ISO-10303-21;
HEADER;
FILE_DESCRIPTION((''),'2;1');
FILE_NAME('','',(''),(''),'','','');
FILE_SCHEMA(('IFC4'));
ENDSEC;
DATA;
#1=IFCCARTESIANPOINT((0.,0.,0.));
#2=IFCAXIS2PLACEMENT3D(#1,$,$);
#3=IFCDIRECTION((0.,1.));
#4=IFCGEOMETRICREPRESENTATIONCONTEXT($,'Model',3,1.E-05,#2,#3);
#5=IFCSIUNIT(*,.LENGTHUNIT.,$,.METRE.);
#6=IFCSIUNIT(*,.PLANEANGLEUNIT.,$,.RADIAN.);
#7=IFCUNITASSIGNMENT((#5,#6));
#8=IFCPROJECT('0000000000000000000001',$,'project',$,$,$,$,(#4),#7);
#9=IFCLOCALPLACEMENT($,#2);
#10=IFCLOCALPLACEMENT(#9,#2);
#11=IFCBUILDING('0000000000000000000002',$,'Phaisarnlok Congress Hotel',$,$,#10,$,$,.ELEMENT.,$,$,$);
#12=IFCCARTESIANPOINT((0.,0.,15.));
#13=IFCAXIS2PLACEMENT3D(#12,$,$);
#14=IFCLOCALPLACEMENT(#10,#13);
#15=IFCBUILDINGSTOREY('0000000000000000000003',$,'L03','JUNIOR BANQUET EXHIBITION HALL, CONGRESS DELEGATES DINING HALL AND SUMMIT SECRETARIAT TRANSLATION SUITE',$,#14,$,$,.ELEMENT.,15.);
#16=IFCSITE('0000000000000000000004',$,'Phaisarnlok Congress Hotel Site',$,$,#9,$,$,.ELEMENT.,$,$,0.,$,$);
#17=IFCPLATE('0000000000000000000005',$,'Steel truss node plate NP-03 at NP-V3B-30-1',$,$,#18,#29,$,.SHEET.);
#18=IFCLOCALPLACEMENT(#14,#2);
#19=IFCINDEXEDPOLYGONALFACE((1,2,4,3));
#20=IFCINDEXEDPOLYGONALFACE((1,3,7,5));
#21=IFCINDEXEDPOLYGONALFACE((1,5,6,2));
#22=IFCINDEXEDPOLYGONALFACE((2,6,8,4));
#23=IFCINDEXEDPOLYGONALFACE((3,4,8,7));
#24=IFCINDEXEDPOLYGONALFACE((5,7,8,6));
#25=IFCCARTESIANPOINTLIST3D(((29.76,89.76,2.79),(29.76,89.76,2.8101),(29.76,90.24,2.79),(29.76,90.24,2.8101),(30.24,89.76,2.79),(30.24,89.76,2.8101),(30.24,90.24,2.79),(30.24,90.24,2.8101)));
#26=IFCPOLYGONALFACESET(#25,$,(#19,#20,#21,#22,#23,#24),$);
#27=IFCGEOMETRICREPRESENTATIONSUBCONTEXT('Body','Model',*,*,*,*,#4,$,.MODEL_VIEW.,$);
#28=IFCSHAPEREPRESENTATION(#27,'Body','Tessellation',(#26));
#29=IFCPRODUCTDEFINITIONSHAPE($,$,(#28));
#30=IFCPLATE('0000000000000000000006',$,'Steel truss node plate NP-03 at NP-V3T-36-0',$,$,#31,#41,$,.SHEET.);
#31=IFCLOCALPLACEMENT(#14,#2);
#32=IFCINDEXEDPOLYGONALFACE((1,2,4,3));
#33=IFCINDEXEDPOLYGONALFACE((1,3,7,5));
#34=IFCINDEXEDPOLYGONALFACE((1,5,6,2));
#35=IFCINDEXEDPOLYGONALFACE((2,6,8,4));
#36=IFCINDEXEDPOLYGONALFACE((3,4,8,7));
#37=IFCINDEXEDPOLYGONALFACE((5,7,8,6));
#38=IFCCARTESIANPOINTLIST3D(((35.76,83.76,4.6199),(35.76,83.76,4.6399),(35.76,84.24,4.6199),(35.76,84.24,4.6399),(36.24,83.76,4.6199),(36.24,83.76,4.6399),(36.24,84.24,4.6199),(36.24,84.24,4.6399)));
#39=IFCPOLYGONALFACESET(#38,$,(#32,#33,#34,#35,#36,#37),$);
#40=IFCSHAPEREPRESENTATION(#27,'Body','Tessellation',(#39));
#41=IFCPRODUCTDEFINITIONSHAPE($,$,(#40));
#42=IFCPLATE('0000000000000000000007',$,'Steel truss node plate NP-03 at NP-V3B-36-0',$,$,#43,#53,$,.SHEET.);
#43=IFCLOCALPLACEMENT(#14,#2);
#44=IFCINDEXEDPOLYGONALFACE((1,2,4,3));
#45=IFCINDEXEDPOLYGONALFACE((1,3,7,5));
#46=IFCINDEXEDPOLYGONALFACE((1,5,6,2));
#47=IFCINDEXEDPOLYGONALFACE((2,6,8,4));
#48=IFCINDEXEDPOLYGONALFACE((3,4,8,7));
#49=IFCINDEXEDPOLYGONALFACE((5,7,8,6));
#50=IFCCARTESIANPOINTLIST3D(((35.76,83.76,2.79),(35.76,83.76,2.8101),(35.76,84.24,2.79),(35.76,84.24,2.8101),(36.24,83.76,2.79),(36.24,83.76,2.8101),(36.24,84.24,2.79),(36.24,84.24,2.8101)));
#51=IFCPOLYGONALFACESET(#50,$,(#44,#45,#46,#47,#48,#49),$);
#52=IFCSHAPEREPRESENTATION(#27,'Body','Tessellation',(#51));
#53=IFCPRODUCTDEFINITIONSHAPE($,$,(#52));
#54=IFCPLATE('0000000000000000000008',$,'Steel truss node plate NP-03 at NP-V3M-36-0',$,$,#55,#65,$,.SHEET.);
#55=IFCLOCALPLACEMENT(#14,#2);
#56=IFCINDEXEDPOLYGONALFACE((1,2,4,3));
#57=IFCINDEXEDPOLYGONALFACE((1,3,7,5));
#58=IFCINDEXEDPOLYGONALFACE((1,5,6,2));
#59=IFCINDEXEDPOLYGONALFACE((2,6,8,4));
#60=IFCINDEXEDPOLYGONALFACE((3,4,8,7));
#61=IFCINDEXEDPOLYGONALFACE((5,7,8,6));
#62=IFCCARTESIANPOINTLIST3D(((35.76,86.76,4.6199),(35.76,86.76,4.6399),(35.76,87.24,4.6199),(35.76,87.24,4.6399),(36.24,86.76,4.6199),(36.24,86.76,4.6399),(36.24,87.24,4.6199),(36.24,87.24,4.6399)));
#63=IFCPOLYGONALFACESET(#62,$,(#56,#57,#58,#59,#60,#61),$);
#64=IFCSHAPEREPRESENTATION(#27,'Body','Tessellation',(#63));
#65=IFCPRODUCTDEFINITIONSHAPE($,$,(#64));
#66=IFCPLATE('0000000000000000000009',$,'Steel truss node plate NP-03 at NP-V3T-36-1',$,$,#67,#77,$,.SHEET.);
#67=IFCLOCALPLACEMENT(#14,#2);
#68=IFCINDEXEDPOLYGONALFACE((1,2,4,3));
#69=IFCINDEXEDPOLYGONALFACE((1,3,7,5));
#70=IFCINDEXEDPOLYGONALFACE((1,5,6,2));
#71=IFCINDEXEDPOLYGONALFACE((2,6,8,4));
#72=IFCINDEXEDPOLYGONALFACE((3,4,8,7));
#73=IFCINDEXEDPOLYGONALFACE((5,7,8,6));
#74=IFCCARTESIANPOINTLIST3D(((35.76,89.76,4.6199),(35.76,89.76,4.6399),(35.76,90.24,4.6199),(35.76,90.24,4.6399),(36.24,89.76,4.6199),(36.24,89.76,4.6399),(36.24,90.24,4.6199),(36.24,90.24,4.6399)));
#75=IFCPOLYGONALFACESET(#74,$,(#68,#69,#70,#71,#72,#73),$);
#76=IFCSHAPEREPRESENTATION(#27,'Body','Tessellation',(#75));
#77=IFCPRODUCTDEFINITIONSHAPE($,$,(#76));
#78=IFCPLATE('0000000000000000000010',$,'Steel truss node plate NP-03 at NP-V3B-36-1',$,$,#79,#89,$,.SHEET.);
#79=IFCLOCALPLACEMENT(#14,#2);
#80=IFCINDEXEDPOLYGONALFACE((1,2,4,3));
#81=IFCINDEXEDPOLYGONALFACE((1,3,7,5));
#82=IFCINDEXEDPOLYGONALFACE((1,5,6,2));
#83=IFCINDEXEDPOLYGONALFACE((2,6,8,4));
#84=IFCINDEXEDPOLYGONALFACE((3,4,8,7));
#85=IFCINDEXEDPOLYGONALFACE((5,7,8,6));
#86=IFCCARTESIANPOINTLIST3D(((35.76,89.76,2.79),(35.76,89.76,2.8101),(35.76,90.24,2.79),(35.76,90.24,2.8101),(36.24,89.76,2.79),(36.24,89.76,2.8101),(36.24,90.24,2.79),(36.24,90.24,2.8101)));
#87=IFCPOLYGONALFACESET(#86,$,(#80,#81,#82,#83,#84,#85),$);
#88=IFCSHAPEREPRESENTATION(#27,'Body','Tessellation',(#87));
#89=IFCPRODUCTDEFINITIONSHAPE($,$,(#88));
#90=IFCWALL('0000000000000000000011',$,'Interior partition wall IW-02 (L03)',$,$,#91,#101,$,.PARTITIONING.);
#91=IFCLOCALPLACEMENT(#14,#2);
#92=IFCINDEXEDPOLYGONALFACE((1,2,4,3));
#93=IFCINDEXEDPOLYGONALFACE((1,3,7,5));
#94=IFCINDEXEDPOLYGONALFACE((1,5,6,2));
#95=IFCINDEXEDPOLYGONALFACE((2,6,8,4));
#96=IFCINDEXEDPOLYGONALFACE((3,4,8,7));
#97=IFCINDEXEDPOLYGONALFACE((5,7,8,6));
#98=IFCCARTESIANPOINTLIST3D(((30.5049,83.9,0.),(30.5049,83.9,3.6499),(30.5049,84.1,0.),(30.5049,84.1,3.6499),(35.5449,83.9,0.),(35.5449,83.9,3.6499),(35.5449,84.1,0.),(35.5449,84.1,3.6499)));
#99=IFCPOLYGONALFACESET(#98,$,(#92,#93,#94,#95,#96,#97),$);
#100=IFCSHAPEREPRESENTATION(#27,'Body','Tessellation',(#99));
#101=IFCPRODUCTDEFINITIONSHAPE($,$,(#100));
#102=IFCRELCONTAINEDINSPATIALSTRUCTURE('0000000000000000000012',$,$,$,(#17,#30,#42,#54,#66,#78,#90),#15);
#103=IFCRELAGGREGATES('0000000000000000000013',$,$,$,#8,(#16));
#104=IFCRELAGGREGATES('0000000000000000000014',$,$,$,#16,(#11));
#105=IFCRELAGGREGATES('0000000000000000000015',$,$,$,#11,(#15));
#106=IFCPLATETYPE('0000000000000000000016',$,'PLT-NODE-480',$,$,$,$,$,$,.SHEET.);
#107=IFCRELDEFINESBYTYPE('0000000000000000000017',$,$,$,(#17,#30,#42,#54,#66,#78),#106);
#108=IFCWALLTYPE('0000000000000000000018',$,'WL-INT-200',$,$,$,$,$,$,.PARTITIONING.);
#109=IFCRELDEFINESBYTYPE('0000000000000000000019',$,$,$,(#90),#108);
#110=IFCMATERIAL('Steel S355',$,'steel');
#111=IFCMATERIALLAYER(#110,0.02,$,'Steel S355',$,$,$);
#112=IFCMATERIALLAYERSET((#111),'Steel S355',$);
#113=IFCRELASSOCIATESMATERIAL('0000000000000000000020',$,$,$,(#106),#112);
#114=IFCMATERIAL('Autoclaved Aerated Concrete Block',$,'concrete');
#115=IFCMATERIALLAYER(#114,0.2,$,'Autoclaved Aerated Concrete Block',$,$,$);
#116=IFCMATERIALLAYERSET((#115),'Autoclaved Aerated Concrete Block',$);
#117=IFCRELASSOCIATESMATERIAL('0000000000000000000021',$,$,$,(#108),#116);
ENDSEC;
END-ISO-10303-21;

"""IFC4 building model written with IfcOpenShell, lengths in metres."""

from ifc_helpers import new_model, si_unit, direction, frame, frame_2d, origin, origin_2d, place, context, subcontext, project, spatial, rectangle, extrude, material, layer, layer_set, type_object, element, save


model = new_model("IFC4")

# Units and contexts
model_context = context("Model", 3, precision=1e-05, world=origin(), true_north=direction((0.0, 1.0)))
body_context = subcontext(model_context, "Body", "Model", "MODEL_VIEW")
ifc_project = project(units=[si_unit("LENGTHUNIT", "METRE"), si_unit("PLANEANGLEUNIT", "RADIAN")], contexts=[model_context])

# Site, building, storey
site_placement = place(None, origin())
site = spatial("IfcSite", under=ifc_project, at=site_placement, Name="Phaisarnlok Congress Hotel Site", CompositionType="ELEMENT", RefElevation=0.0)
building_placement = place(site_placement, origin())
building = spatial("IfcBuilding", under=site, at=building_placement, Name="Phaisarnlok Congress Hotel", CompositionType="ELEMENT")
storey_placement = place(building_placement, frame((0.0, 0.0, 15.0)))
storey = spatial("IfcBuildingStorey", under=building, at=storey_placement, Name="L03", Description="JUNIOR BANQUET EXHIBITION HALL, CONGRESS DELEGATES DINING HALL AND SUMMIT SECRETARIAT TRANSLATION SUITE", CompositionType="ELEMENT", Elevation=15.0)

# Shared definitions
ifc_material_1 = material(Name="Steel S355", Category="steel")

# Plates
ifc_layer_1 = layer(ifc_material_1, 0.02, Name="Steel S355")
ifc_layer_set_1 = layer_set([ifc_layer_1], Name="Steel S355")
plate_type = type_object("IfcPlateType", Name="PLT-NODE-480", PredefinedType="SHEET", material=ifc_layer_set_1)
for number, where, z_axis, x_axis, name in (
    (1, (30.0, 90.0, 2.79), (0.0, 0.0, 1.0), (1.0, 0.0, 0.0), "Steel truss node plate NP-03 at NP-V3B-30-1"),
    (2, (36.0, 84.0, 4.6199), (0.0, 0.0, 1.0), (1.0, 0.0, 0.0), "Steel truss node plate NP-03 at NP-V3T-36-0"),
    (3, (36.0, 84.0, 2.79), (0.0, 0.0, 1.0), (1.0, 0.0, 0.0), "Steel truss node plate NP-03 at NP-V3B-36-0"),
    (4, (36.0, 87.0, 4.6199), (0.0, 0.0, 1.0), (1.0, 0.0, 0.0), "Steel truss node plate NP-03 at NP-V3M-36-0"),
    (5, (36.0, 90.0, 4.6199), (0.0, 0.0, 1.0), (1.0, 0.0, 0.0), "Steel truss node plate NP-03 at NP-V3T-36-1"),
    (6, (36.0, 90.0, 2.79), (0.0, 0.0, 1.0), (1.0, 0.0, 0.0), "Steel truss node plate NP-03 at NP-V3B-36-1"),
):
    element("IfcPlate", number, at=place(storey_placement, frame(where, z_axis=z_axis, x_axis=x_axis)), inside=storey, type_object=plate_type, Name=name, PredefinedType="SHEET", context=body_context, shape_type="SweptSolid", body=[
        extrude(rectangle(XDim=0.48, YDim=0.48, at=origin_2d()), origin(), (0.0, 0.0, 1.0), 0.02),
    ])

# Wall
ifc_material_2 = material(Name="Autoclaved Aerated Concrete Block", Category="concrete")
ifc_layer_2 = layer(ifc_material_2, 0.2, Name="Autoclaved Aerated Concrete Block")
ifc_layer_set_2 = layer_set([ifc_layer_2], Name="Autoclaved Aerated Concrete Block")
wall_type = type_object("IfcWallType", Name="WL-INT-200", PredefinedType="PARTITIONING", material=ifc_layer_set_2)
wall_placement = place(storey_placement, frame((30.5049, 84.0, 0.0), z_axis=(0.0, 0.0, 1.0), x_axis=(1.0, 0.0, 0.0)))
element("IfcWall", 7, at=wall_placement, inside=storey, type_object=wall_type, Name="Interior partition wall IW-02 (L03)", PredefinedType="PARTITIONING", context=body_context, shape_type="SweptSolid", body=[
    extrude(rectangle(XDim=5.04, YDim=0.2, at=frame_2d((2.52, 0.0))), origin(), (0.0, 0.0, 1.0), 3.6499),
])

save(model, "model.ifc")
